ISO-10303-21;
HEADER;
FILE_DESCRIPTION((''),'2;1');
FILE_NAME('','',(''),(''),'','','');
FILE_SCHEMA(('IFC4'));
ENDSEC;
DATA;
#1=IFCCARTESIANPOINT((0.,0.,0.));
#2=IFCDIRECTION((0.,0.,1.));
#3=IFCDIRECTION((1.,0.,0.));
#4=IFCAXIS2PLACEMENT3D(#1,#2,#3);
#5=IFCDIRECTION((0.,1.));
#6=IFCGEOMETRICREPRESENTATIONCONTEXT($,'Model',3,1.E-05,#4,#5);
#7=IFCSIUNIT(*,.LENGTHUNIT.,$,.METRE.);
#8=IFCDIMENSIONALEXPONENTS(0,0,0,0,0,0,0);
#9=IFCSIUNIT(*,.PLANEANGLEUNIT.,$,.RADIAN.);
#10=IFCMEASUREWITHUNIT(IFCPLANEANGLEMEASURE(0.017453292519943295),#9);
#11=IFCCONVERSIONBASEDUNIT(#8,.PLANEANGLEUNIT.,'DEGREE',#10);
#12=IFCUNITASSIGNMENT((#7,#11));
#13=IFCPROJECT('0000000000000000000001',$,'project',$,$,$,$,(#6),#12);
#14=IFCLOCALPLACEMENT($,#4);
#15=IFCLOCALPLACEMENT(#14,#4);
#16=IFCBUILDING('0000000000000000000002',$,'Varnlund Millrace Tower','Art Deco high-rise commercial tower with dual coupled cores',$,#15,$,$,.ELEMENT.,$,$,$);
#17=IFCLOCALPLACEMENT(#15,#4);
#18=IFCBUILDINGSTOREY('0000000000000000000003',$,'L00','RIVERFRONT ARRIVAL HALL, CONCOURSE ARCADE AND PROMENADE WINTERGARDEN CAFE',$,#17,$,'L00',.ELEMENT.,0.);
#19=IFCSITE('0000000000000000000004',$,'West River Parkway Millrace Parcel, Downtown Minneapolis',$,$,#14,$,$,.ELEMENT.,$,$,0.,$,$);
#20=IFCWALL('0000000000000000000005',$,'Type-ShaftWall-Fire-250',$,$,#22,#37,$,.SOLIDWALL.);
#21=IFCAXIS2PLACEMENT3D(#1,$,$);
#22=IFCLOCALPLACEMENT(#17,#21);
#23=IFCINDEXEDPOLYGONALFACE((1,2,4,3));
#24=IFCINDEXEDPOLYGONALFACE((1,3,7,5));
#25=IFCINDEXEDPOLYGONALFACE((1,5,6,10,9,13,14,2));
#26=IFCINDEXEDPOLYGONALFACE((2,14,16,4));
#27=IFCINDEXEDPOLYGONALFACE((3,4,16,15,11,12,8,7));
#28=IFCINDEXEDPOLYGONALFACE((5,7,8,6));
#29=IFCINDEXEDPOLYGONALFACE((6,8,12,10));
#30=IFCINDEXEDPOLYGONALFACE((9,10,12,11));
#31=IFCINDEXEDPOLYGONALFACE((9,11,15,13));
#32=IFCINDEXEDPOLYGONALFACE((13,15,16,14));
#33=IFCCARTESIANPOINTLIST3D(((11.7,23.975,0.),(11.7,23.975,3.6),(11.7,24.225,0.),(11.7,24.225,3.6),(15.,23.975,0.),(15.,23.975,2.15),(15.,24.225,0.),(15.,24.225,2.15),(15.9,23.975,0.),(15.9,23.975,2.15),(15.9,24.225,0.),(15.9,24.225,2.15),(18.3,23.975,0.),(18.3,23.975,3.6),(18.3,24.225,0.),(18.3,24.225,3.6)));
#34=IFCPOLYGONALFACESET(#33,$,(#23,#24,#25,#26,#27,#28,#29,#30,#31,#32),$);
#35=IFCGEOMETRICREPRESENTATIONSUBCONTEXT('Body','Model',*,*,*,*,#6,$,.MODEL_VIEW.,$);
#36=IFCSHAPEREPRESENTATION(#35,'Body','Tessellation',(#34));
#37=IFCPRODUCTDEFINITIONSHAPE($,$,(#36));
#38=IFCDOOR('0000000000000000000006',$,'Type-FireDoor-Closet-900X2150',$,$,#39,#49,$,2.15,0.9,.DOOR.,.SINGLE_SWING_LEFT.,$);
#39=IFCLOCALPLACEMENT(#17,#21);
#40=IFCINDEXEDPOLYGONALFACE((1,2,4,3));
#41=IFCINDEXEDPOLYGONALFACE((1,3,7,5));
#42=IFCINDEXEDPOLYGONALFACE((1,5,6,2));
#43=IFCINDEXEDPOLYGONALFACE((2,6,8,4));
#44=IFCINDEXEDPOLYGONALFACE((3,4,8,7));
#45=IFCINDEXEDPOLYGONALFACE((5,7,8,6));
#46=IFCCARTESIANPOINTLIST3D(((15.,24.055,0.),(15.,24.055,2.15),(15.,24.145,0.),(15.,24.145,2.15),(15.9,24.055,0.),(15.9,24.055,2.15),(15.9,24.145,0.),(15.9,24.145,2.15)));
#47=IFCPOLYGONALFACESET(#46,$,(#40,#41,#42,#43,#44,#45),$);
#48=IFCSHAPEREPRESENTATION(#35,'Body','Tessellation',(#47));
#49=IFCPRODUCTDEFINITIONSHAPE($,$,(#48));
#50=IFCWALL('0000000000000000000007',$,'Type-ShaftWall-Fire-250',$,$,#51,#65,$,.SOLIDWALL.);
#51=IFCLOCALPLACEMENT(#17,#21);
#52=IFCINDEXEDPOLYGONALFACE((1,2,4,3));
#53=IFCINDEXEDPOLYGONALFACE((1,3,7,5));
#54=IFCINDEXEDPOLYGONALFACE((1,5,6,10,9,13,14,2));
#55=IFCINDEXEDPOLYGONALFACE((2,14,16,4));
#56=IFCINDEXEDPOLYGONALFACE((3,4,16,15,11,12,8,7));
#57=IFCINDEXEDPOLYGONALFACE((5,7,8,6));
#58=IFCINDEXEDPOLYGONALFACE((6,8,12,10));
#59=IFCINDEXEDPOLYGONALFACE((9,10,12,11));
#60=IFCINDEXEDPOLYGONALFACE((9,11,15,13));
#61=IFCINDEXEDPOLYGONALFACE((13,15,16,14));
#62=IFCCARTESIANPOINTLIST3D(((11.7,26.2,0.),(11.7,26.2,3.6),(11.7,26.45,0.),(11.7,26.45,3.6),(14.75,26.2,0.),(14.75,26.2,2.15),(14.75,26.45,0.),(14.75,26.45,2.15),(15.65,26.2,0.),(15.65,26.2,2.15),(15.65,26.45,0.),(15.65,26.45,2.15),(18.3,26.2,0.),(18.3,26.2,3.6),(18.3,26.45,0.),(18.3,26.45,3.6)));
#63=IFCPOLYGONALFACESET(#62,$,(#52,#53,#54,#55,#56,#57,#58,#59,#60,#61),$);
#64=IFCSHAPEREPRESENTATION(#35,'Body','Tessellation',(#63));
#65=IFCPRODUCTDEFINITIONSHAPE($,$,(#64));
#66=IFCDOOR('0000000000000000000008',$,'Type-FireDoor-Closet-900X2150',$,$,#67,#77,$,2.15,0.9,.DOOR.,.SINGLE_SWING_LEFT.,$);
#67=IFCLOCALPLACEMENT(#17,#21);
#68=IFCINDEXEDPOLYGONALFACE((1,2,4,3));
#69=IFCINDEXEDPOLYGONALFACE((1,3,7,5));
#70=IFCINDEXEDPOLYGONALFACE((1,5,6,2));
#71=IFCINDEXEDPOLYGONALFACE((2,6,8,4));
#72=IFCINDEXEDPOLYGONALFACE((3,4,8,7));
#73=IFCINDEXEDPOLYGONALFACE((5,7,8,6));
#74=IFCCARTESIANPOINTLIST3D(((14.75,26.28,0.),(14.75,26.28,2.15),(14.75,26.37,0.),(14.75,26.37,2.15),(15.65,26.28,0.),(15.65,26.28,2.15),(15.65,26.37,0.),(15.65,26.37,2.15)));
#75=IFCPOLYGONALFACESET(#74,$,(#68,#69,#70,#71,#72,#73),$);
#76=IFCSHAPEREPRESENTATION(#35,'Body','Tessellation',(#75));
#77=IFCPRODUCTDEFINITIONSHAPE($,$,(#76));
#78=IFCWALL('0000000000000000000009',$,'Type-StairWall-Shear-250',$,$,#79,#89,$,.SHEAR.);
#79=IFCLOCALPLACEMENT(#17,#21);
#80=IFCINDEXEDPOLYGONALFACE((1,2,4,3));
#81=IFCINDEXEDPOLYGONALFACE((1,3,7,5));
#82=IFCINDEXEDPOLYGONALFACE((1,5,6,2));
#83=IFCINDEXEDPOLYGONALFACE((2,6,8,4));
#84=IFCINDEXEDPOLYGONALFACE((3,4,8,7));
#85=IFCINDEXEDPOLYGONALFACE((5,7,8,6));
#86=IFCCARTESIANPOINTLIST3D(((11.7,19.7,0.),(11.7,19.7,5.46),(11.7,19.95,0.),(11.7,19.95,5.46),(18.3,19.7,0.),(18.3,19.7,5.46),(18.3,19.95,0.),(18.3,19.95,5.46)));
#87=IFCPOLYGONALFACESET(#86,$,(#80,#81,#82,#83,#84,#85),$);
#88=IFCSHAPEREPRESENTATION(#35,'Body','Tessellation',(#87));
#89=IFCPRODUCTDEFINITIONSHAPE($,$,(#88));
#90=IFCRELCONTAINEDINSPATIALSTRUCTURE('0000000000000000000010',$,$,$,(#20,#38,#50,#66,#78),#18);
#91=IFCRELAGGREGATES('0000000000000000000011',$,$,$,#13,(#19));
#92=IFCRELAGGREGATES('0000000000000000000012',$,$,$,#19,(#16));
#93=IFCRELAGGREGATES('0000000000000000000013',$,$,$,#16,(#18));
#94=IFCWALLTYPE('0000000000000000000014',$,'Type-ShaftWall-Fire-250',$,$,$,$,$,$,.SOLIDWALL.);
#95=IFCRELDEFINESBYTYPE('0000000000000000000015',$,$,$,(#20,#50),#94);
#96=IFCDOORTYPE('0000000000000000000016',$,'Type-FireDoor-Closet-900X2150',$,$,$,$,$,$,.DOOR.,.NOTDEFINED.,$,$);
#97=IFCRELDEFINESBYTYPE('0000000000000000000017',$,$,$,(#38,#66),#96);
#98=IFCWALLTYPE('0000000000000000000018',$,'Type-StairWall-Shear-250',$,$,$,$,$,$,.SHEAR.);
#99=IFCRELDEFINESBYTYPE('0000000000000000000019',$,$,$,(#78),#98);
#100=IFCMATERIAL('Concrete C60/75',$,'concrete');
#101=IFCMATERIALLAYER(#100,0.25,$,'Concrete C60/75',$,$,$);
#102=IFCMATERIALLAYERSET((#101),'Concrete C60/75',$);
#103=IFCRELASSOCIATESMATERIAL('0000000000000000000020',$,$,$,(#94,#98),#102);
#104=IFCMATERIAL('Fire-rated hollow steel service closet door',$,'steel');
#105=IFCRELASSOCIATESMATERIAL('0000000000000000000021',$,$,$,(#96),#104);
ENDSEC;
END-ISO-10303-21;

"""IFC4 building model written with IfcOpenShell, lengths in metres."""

from ifc_helpers import new_model, entity, si_unit, converted_unit, direction, frame, origin_with_axes, origin_2d_with_axis, place, context, subcontext, project, spatial, polyline, rectangle, outline, extrude, material, layer, layer_set, type_object, element, fill, save


model = new_model("IFC4")

# Units and contexts
model_context = context("Model", 3, precision=1e-05, world=origin_with_axes(), true_north=direction((0.0, 1.0)))
body_context = subcontext(model_context, "Body", "Model", "MODEL_VIEW")
ifc_project = project(units=[si_unit("LENGTHUNIT", "METRE"), converted_unit("PLANEANGLEUNIT", "DEGREE", entity("IfcPlaneAngleMeasure", 0.017453292519943295), si_unit("PLANEANGLEUNIT", "RADIAN"), dimensions=[0, 0, 0, 0, 0, 0, 0])], contexts=[model_context])

# Site, building, storey
site_placement = place(None, origin_with_axes())
site = spatial("IfcSite", under=ifc_project, at=site_placement, Name="West River Parkway Millrace Parcel, Downtown Minneapolis", CompositionType="ELEMENT", RefElevation=0.0)
building_placement = place(site_placement, origin_with_axes())
building = spatial("IfcBuilding", under=site, at=building_placement, Name="Varnlund Millrace Tower", Description="Art Deco high-rise commercial tower with dual coupled cores", CompositionType="ELEMENT")
storey_placement = place(building_placement, origin_with_axes())
storey = spatial("IfcBuildingStorey", under=building, at=storey_placement, Name="L00", Description="RIVERFRONT ARRIVAL HALL, CONCOURSE ARCADE AND PROMENADE WINTERGARDEN CAFE", LongName="L00", CompositionType="ELEMENT", Elevation=0.0)

# Walls, openings, doors
ifc_material_1 = material(Name="Concrete C60/75", Category="concrete")
ifc_layer_1 = layer(ifc_material_1, 0.25, Name="Concrete C60/75")
ifc_layer_set_1 = layer_set([ifc_layer_1], Name="Concrete C60/75")
wall_type_1 = type_object("IfcWallType", Name="Type-ShaftWall-Fire-250", PredefinedType="SOLIDWALL", material=ifc_layer_set_1)
wall_1_placement = place(storey_placement, frame((11.7, 24.1, 0.0), z_axis=(0.0, 0.0, 1.0), x_axis=(1.0, 0.0, 0.0)))
wall_1 = element("IfcWall", 1, at=wall_1_placement, inside=storey, type_object=wall_type_1, Name="Type-ShaftWall-Fire-250", PredefinedType="SOLIDWALL", context=body_context, shape_type="SweptSolid", body=[
    extrude(outline(polyline([(0.0, -0.125), (6.6, -0.125), (6.6, 0.125), (0.0, 0.125), (0.0, -0.125)])), origin_with_axes(), (0.0, 0.0, 1.0), 3.6),
])
opening_1_placement = place(wall_1_placement, frame((3.75, 0.0, 0.0), z_axis=(0.0, 0.0, 1.0), x_axis=(1.0, 0.0, 0.0)))
opening_1 = element("IfcOpeningElement", 2, at=opening_1_placement, cuts=wall_1, PredefinedType="OPENING", context=body_context, shape_type="SweptSolid", body=[
    extrude(rectangle(XDim=0.9, YDim=0.27, at=origin_2d_with_axis()), origin_with_axes(), (0.0, 0.0, 1.0), 2.15),
])
ifc_material_2 = material(Name="Fire-rated hollow steel service closet door", Category="steel")
door_type = type_object("IfcDoorType", Name="Type-FireDoor-Closet-900X2150", OperationType="NOTDEFINED", PredefinedType="DOOR", material=ifc_material_2)
door_1_placement = place(wall_1_placement, frame((3.75, 0.0, 0.0), z_axis=(0.0, 0.0, 1.0), x_axis=(1.0, 0.0, 0.0)))
door_1 = element("IfcDoor", 3, at=door_1_placement, inside=storey, type_object=door_type, Name="Type-FireDoor-Closet-900X2150", OperationType="SINGLE_SWING_LEFT", OverallHeight=2.15, OverallWidth=0.9, PredefinedType="DOOR", context=body_context, shape_type="SweptSolid", body=[
    extrude(rectangle(XDim=0.9, YDim=0.09, at=origin_2d_with_axis()), origin_with_axes(), (0.0, 0.0, 1.0), 2.15),
])
fill(opening_1, door_1)
wall_2_placement = place(storey_placement, frame((11.7, 26.325, 0.0), z_axis=(0.0, 0.0, 1.0), x_axis=(1.0, 0.0, 0.0)))
wall_2 = element("IfcWall", 4, at=wall_2_placement, inside=storey, type_object=wall_type_1, Name="Type-ShaftWall-Fire-250", PredefinedType="SOLIDWALL", context=body_context, shape_type="SweptSolid", body=[
    extrude(outline(polyline([(0.0, -0.125), (6.6, -0.125), (6.6, 0.125), (0.0, 0.125), (0.0, -0.125)])), origin_with_axes(), (0.0, 0.0, 1.0), 3.6),
])
opening_2_placement = place(wall_2_placement, frame((3.5, 0.0, 0.0), z_axis=(0.0, 0.0, 1.0), x_axis=(1.0, 0.0, 0.0)))
opening_2 = element("IfcOpeningElement", 5, at=opening_2_placement, cuts=wall_2, PredefinedType="OPENING", context=body_context, shape_type="SweptSolid", body=[
    extrude(rectangle(XDim=0.9, YDim=0.27, at=origin_2d_with_axis()), origin_with_axes(), (0.0, 0.0, 1.0), 2.15),
])
door_2_placement = place(wall_2_placement, frame((3.5, 0.0, 0.0), z_axis=(0.0, 0.0, 1.0), x_axis=(1.0, 0.0, 0.0)))
door_2 = element("IfcDoor", 6, at=door_2_placement, inside=storey, type_object=door_type, Name="Type-FireDoor-Closet-900X2150", OperationType="SINGLE_SWING_LEFT", OverallHeight=2.15, OverallWidth=0.9, PredefinedType="DOOR", context=body_context, shape_type="SweptSolid", body=[
    extrude(rectangle(XDim=0.9, YDim=0.09, at=origin_2d_with_axis()), origin_with_axes(), (0.0, 0.0, 1.0), 2.15),
])
fill(opening_2, door_2)

# Wall
wall_type_2 = type_object("IfcWallType", Name="Type-StairWall-Shear-250", PredefinedType="SHEAR", material=ifc_layer_set_1)
wall_3_placement = place(storey_placement, frame((11.7, 19.825, 0.0), z_axis=(0.0, 0.0, 1.0), x_axis=(1.0, 0.0, 0.0)))
element("IfcWall", 7, at=wall_3_placement, inside=storey, type_object=wall_type_2, Name="Type-StairWall-Shear-250", PredefinedType="SHEAR", context=body_context, shape_type="SweptSolid", body=[
    extrude(outline(polyline([(0.0, -0.125), (6.6, -0.125), (6.6, 0.125), (0.0, 0.125), (0.0, -0.125)])), origin_with_axes(), (0.0, 0.0, 1.0), 5.46),
])

save(model, "model.ifc")
